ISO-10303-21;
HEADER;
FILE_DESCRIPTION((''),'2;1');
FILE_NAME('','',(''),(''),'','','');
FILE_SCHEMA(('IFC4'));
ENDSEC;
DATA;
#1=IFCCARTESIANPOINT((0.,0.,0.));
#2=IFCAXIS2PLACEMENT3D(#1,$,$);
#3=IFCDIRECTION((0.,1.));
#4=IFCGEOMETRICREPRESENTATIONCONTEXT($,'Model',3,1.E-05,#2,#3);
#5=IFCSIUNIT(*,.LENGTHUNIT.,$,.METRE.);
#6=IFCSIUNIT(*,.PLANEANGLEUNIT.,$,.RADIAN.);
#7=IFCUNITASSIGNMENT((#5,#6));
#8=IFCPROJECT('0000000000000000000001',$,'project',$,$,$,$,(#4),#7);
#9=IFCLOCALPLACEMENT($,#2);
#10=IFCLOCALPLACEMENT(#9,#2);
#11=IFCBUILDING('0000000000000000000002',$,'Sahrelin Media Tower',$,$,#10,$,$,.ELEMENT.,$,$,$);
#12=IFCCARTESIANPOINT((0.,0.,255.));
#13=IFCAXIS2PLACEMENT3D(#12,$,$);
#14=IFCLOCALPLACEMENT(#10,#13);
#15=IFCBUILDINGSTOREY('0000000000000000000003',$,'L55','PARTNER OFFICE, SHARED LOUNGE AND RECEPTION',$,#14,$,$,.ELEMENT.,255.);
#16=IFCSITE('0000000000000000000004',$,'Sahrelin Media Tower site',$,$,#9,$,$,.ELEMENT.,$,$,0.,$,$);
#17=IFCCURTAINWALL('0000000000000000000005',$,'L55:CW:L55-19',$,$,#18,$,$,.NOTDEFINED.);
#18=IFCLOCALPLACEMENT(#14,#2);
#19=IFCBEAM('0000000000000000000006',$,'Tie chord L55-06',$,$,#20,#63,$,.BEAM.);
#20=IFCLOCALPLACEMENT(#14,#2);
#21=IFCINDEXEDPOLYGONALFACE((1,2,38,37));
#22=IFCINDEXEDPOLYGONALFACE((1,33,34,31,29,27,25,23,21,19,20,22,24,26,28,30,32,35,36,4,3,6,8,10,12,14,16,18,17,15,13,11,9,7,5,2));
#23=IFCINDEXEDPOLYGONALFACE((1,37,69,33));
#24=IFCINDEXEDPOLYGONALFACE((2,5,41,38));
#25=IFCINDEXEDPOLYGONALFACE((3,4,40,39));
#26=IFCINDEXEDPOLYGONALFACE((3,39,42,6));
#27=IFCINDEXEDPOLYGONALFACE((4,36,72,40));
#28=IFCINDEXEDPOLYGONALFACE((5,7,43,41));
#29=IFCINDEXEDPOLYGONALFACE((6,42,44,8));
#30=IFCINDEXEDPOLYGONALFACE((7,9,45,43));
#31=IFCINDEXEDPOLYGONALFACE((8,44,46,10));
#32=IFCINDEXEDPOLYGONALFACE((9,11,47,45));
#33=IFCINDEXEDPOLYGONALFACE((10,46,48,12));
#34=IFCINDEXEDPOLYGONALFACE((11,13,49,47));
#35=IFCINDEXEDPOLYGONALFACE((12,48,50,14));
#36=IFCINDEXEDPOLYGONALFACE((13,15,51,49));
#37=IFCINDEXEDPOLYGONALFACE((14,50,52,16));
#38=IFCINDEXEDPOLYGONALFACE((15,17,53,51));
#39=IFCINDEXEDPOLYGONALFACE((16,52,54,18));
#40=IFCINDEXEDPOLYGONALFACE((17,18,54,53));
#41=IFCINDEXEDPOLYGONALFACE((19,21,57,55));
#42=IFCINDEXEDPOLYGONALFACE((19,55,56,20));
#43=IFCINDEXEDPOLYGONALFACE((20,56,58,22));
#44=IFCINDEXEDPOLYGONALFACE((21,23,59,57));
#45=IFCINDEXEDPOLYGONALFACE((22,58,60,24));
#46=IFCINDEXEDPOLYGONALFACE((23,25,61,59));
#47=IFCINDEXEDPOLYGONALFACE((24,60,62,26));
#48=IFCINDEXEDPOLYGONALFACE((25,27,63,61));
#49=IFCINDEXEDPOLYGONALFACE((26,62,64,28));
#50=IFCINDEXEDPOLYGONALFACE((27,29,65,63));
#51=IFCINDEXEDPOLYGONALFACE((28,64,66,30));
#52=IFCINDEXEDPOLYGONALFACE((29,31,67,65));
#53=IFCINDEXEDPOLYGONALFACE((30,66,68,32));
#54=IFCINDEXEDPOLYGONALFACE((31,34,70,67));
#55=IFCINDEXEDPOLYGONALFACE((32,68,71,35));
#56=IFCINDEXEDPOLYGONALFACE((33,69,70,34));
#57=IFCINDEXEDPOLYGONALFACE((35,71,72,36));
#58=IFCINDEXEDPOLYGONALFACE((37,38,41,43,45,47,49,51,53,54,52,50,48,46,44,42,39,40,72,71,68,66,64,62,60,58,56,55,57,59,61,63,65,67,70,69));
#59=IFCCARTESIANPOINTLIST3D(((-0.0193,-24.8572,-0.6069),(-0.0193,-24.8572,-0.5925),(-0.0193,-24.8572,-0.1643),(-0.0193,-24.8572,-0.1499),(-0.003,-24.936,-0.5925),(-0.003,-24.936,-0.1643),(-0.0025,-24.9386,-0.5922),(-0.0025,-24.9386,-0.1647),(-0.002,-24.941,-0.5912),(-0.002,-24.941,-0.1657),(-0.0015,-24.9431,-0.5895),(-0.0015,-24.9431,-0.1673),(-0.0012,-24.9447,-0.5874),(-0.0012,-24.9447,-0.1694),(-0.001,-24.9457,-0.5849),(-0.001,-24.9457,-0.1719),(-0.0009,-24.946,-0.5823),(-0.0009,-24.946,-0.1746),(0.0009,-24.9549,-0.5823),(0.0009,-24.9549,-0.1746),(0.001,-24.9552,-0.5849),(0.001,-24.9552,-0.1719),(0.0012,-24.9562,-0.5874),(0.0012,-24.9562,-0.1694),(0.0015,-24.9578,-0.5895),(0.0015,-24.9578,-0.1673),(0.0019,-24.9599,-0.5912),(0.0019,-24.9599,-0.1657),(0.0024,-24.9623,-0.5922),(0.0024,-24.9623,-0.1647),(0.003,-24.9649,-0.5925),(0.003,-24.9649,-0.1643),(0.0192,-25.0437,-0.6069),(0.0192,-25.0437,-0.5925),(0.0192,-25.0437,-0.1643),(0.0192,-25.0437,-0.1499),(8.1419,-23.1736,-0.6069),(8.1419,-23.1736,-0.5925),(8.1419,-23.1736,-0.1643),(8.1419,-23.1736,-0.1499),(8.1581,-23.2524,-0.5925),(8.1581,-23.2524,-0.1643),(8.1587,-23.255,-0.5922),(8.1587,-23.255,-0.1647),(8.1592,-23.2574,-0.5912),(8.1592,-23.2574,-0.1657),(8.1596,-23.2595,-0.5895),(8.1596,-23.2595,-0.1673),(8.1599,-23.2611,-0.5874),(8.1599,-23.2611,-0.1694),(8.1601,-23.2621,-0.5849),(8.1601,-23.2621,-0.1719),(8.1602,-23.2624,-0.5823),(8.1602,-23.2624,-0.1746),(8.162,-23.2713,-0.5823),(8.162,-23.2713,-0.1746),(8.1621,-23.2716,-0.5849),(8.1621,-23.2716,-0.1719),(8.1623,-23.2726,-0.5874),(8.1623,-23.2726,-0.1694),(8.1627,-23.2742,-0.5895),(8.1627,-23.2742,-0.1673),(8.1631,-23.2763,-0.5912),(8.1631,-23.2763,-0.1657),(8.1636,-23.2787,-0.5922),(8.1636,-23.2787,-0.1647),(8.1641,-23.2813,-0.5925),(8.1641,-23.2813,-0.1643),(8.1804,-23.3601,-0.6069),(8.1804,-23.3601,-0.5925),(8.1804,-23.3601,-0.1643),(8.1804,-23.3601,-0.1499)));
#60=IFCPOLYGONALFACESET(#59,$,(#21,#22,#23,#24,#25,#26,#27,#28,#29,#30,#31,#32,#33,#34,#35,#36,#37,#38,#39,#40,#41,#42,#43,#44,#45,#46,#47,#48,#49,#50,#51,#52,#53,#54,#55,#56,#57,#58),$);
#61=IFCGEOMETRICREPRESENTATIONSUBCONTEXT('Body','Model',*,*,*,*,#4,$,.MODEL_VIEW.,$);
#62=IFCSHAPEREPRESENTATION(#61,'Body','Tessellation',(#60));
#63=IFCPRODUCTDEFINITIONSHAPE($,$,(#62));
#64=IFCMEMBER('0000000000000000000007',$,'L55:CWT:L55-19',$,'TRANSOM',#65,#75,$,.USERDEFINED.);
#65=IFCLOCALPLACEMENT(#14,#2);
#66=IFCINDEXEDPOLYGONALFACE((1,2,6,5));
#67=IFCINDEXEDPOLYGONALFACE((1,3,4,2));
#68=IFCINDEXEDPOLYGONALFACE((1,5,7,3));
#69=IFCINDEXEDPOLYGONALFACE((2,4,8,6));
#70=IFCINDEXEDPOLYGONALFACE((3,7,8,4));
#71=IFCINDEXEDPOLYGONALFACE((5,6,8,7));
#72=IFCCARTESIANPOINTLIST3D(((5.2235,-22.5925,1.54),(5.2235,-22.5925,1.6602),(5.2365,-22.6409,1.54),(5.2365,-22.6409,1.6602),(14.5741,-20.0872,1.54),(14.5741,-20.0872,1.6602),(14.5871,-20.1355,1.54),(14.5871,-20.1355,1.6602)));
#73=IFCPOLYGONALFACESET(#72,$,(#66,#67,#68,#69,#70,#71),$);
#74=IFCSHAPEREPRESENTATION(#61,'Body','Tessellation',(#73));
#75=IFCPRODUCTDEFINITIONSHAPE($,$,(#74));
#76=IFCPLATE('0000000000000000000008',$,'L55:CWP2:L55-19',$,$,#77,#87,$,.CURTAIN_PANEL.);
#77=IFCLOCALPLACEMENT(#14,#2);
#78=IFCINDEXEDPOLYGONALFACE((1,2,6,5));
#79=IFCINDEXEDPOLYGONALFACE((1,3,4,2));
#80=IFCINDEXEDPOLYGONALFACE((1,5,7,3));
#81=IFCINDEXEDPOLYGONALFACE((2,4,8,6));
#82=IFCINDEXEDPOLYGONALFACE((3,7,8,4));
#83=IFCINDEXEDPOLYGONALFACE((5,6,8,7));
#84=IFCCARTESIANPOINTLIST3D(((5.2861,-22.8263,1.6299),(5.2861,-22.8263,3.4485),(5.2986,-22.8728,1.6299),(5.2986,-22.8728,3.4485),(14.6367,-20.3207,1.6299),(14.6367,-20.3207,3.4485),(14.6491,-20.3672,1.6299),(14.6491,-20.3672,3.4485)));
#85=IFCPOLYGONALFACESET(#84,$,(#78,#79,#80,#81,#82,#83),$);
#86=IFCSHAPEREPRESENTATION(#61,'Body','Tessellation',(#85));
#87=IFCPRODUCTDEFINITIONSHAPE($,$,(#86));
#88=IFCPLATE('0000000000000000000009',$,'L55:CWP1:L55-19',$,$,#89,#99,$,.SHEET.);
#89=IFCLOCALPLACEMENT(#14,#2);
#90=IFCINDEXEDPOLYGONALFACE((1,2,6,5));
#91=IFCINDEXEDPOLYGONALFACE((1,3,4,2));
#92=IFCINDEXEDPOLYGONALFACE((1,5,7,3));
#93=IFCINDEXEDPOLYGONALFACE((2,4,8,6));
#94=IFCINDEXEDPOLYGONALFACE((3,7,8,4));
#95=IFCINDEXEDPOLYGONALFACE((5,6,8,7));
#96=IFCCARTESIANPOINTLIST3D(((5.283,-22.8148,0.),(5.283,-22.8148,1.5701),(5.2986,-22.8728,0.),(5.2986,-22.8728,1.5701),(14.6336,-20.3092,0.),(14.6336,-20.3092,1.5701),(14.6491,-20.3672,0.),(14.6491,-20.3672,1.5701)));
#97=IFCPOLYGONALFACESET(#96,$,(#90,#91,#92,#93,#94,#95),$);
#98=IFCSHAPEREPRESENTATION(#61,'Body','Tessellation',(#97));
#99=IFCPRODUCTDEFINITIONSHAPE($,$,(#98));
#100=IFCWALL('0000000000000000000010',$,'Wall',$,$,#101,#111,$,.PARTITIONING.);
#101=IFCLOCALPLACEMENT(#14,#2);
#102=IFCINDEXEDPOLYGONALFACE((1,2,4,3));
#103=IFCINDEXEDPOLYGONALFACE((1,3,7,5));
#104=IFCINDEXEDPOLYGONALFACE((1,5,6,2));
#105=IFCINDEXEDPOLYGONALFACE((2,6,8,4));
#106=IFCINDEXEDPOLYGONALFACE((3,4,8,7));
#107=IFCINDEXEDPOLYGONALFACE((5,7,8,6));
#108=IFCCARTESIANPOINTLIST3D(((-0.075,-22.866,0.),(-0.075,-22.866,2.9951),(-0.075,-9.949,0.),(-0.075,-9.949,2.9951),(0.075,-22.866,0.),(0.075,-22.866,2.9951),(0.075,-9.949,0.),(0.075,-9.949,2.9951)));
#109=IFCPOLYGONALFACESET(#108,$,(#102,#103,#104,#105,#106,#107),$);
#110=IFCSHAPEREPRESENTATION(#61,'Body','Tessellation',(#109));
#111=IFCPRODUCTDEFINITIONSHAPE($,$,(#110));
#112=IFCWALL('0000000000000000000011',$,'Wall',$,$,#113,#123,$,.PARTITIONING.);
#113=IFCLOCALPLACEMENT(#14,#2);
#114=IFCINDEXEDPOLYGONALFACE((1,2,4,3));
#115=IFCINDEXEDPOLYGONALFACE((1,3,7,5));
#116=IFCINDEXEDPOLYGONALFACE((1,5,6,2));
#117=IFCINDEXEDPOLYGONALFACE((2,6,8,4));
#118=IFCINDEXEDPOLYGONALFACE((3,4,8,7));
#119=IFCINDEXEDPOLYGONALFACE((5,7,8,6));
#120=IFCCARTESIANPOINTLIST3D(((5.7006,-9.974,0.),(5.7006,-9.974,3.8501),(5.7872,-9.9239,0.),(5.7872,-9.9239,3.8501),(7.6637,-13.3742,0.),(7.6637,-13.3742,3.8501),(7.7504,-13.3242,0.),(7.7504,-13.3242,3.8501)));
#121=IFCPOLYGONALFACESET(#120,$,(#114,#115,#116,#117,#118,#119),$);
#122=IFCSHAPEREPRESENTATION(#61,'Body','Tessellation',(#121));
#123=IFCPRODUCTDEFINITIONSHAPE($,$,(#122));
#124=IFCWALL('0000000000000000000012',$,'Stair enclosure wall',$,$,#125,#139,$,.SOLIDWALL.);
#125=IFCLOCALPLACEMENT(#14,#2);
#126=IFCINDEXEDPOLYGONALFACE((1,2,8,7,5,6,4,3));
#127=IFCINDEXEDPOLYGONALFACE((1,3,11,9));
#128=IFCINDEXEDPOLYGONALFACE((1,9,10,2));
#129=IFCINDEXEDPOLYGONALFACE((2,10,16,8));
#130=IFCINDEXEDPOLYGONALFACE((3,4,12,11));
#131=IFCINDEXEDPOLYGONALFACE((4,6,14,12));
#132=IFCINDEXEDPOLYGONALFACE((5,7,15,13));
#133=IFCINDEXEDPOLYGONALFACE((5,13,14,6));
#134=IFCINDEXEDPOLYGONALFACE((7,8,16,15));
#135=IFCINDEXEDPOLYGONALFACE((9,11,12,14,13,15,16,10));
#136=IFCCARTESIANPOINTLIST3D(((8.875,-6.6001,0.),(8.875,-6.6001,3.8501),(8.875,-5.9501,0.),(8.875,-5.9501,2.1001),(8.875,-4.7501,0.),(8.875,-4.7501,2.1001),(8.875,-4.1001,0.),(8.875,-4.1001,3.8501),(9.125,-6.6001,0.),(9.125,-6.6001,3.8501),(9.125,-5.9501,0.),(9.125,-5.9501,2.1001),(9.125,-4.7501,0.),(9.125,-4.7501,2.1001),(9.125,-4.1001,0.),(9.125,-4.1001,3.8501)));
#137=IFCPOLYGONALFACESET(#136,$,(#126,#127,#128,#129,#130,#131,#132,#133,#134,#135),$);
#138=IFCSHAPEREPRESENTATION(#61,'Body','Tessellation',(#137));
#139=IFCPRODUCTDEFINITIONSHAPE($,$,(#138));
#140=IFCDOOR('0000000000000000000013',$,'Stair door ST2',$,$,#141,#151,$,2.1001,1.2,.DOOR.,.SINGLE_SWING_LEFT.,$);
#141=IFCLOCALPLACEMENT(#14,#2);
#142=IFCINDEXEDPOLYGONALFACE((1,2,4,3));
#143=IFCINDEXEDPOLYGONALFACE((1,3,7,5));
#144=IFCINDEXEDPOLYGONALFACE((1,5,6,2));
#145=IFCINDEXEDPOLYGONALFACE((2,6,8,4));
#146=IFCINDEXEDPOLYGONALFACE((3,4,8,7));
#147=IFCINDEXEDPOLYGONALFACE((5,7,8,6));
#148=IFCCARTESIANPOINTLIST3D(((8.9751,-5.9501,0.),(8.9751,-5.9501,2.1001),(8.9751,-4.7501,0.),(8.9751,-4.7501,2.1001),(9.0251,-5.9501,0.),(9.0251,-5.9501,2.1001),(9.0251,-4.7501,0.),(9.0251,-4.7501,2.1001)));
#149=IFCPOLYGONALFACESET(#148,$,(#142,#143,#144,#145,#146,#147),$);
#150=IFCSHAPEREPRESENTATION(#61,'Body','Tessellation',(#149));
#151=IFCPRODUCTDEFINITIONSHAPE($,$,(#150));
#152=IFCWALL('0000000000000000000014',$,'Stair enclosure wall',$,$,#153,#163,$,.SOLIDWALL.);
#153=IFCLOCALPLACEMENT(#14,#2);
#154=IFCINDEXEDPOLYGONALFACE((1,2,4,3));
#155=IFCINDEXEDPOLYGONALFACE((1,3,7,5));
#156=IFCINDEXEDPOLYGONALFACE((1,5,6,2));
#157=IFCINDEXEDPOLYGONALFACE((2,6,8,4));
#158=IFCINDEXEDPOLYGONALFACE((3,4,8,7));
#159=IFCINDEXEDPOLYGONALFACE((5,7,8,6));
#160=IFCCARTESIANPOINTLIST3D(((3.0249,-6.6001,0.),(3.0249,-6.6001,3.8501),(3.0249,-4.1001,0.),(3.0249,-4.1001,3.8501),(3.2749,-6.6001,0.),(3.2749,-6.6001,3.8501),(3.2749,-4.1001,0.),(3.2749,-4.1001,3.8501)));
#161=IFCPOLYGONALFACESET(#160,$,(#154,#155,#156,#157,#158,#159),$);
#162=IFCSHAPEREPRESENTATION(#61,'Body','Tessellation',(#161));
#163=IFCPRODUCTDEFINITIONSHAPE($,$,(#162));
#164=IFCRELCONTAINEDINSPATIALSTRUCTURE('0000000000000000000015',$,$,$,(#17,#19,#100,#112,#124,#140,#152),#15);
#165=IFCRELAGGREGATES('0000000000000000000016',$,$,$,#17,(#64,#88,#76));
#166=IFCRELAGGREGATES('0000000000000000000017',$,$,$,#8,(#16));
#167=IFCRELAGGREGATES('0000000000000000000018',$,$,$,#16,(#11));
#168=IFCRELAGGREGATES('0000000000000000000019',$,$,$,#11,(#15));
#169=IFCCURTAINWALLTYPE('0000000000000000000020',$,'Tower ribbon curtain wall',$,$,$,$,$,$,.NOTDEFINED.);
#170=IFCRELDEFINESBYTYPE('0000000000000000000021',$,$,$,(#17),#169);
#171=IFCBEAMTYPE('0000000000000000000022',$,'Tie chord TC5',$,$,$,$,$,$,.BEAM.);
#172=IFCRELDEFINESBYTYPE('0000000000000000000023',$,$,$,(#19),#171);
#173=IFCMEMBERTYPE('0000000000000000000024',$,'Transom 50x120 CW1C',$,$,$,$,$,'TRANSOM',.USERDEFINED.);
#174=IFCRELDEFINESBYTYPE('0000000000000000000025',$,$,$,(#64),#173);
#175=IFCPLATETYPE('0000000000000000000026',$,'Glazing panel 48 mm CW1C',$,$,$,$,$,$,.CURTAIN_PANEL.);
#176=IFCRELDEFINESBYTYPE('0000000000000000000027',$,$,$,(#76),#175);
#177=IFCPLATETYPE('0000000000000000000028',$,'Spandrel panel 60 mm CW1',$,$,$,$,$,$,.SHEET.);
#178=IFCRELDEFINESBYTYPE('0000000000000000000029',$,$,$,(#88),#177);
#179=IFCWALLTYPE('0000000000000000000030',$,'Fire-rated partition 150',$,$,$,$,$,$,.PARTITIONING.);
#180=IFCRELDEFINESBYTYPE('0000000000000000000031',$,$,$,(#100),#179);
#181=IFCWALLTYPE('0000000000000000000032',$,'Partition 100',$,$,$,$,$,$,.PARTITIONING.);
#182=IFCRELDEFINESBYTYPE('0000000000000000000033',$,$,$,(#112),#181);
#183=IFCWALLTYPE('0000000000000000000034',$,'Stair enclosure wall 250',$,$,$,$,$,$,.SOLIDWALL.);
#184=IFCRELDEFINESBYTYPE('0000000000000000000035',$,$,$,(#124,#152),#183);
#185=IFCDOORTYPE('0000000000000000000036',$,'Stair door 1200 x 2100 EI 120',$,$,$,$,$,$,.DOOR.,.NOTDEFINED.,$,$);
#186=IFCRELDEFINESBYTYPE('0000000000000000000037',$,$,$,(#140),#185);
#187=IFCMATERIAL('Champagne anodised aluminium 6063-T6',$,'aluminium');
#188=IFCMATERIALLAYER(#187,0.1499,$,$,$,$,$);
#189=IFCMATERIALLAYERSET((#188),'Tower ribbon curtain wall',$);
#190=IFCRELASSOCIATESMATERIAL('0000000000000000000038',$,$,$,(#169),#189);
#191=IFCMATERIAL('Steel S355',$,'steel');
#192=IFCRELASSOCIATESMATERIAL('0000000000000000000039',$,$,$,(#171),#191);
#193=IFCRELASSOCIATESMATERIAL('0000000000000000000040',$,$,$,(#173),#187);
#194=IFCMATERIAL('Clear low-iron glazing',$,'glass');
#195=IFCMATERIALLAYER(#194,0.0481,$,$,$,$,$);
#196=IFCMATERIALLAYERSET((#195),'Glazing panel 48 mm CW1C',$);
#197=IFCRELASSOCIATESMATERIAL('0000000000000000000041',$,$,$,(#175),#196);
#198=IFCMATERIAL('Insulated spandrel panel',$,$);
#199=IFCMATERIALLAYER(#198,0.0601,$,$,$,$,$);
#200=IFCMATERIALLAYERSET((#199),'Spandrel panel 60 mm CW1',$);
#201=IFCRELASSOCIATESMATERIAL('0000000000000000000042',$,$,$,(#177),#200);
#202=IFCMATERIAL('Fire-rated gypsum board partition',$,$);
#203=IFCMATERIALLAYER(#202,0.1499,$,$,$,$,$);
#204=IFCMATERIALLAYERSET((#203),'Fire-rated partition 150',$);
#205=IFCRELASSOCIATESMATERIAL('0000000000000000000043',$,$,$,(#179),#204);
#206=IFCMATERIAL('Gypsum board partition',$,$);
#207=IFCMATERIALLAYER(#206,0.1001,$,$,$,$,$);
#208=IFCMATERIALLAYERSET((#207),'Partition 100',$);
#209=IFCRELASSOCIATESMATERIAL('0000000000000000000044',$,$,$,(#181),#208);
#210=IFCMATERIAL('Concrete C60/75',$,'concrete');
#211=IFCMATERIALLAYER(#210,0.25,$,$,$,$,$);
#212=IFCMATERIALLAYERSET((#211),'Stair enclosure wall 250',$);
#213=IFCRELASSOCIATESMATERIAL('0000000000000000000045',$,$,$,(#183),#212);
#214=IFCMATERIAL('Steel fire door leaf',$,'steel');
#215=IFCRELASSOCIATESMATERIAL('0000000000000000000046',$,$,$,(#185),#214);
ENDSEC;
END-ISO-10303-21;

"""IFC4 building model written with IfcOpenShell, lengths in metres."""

from ifc_helpers import new_model, si_unit, direction, frame, frame_2d, origin, origin_2d, place, context, subcontext, project, spatial, polyline, rectangle, i_section, outline, extrude, material, layer, layer_set, material_profile, profile_set, type_object, element, fill, aggregate, save


model = new_model("IFC4")

# Units and contexts
model_context = context("Model", 3, precision=1e-05, world=origin(), true_north=direction((0.0, 1.0)))
body_context = subcontext(model_context, "Body", "Model", "MODEL_VIEW")
ifc_project = project(units=[si_unit("LENGTHUNIT", "METRE"), si_unit("PLANEANGLEUNIT", "RADIAN")], contexts=[model_context])

# Site, building, storey
site_placement = place(None, origin())
site = spatial("IfcSite", under=ifc_project, at=site_placement, Name="Sahrelin Media Tower site", CompositionType="ELEMENT", RefElevation=0.0)
building_placement = place(site_placement, origin())
building = spatial("IfcBuilding", under=site, at=building_placement, Name="Sahrelin Media Tower", CompositionType="ELEMENT")
storey_placement = place(building_placement, frame((0.0, 0.0, 255.0)))
storey = spatial("IfcBuildingStorey", under=building, at=storey_placement, Name="L55", Description="PARTNER OFFICE, SHARED LOUNGE AND RECEPTION", CompositionType="ELEMENT", Elevation=255.0)

# Shared definitions
ifc_material_1 = material(Name="Steel S355", Category="steel")

# Curtain wall
ifc_material_2 = material(Name="Champagne anodised aluminium 6063-T6", Category="aluminium")
ifc_layer_1 = layer(ifc_material_2, 0.1499)
ifc_layer_set_1 = layer_set([ifc_layer_1], Name="Tower ribbon curtain wall")
curtain_wall_type = type_object("IfcCurtainWallType", Name="Tower ribbon curtain wall", PredefinedType="NOTDEFINED", material=ifc_layer_set_1)
curtain_wall_1_placement = place(storey_placement, frame((9.9688, -21.6006, 0.0), z_axis=(0.0, 0.0, 1.0), x_axis=(1.0, 0.0, 0.0)))
curtain_wall_1 = element("IfcCurtainWall", 1, at=curtain_wall_1_placement, inside=storey, type_object=curtain_wall_type, Name="L55:CW:L55-19", PredefinedType="NOTDEFINED")

# Beam
ifc_material_profile_1 = material_profile(ifc_material_1, i_section(OverallWidth=0.1904, OverallDepth=0.457, WebThickness=0.009, FlangeThickness=0.0144, FilletRadius=0.0103, at=origin_2d()), Name="UB 457x191x74")
ifc_profile_set_1 = profile_set([ifc_material_profile_1], Name="Steel S355")
beam_type_1 = type_object("IfcBeamType", Name="Tie chord TC5", PredefinedType="BEAM", material=ifc_profile_set_1)
beam_1_placement = place(storey_placement, frame((8.1611, -23.2668, -0.3784), z_axis=(-0.979377, -0.20204, 0.0), x_axis=(0.20204, -0.979377, 0.0)))
element("IfcBeam", 2, at=beam_1_placement, inside=storey, type_object=beam_type_1, Name="Tie chord L55-06", PredefinedType="BEAM", context=body_context, shape_type="SweptSolid", body=[
    extrude(i_section(OverallWidth=0.1904, OverallDepth=0.457, WebThickness=0.009, FlangeThickness=0.0144, FilletRadius=0.0103, at=origin_2d()), origin(), (0.0, 0.0, 1.0), 8.333),
])

# Member
ifc_material_profile_2 = material_profile(ifc_material_2, rectangle(XDim=0.05, YDim=0.1201, at=origin_2d()), Name="Transom 50x120")
ifc_profile_set_2 = profile_set([ifc_material_profile_2], Name="Champagne anodised aluminium 6063-T6")
member_type_1 = type_object("IfcMemberType", Name="Transom 50x120 CW1C", ElementType="TRANSOM", PredefinedType="USERDEFINED", material=ifc_profile_set_2)
member_1_placement = place(storey_placement, frame((5.23, -22.6167, 1.6001), z_axis=(0.965929, 0.258808, 0.0), x_axis=(-0.258808, 0.965929, 0.0)))
member_1 = element("IfcMember", 3, at=member_1_placement, type_object=member_type_1, Name="L55:CWT:L55-19", ObjectType="TRANSOM", PredefinedType="USERDEFINED", context=body_context, shape_type="SweptSolid", body=[
    extrude(rectangle(XDim=0.05, YDim=0.1201, at=origin_2d()), origin(), (0.0, 0.0, 1.0), 9.6804),
])

# Plates
ifc_material_3 = material(Name="Clear low-iron glazing", Category="glass")
ifc_layer_2 = layer(ifc_material_3, 0.0481)
ifc_layer_set_2 = layer_set([ifc_layer_2], Name="Glazing panel 48 mm CW1C")
plate_type_1 = type_object("IfcPlateType", Name="Glazing panel 48 mm CW1C", PredefinedType="CURTAIN_PANEL", material=ifc_layer_set_2)
plate_1_placement = place(storey_placement, frame((5.2986, -22.8728, 1.6299), z_axis=(0.258832, -0.965922, 0.0), x_axis=(0.965922, 0.258832, 0.0)))
plate_1 = element("IfcPlate", 4, at=plate_1_placement, type_object=plate_type_1, Name="L55:CWP2:L55-19", PredefinedType="CURTAIN_PANEL", context=body_context, shape_type="SweptSolid", body=[
    extrude(outline(polyline([(0.0, 0.0), (9.6804, 0.0), (9.6804, 1.8186), (0.0, 1.8186), (0.0, 0.0)])), origin(), (0.0, 0.0, -1.0), 0.0481),
])
ifc_material_4 = material(Name="Insulated spandrel panel")
ifc_layer_3 = layer(ifc_material_4, 0.0601)
ifc_layer_set_3 = layer_set([ifc_layer_3], Name="Spandrel panel 60 mm CW1")
plate_type_2 = type_object("IfcPlateType", Name="Spandrel panel 60 mm CW1", PredefinedType="SHEET", material=ifc_layer_set_3)
plate_2_placement = place(storey_placement, frame((5.2986, -22.8728, 0.0), z_axis=(0.258832, -0.965922, 0.0), x_axis=(0.965922, 0.258832, 0.0)))
plate_2 = element("IfcPlate", 5, at=plate_2_placement, type_object=plate_type_2, Name="L55:CWP1:L55-19", PredefinedType="SHEET", context=body_context, shape_type="SweptSolid", body=[
    extrude(outline(polyline([(0.0, 0.0), (9.6804, 0.0), (9.6804, 1.5701), (0.0, 1.5701), (0.0, 0.0)])), origin(), (0.0, 0.0, -1.0), 0.0601),
])
aggregate(curtain_wall_1, [member_1, plate_2, plate_1])

# Walls
ifc_material_5 = material(Name="Fire-rated gypsum board partition")
ifc_layer_4 = layer(ifc_material_5, 0.1499)
ifc_layer_set_4 = layer_set([ifc_layer_4], Name="Fire-rated partition 150")
wall_type_1 = type_object("IfcWallType", Name="Fire-rated partition 150", PredefinedType="PARTITIONING", material=ifc_layer_set_4)
wall_1_placement = place(storey_placement, frame((0.0, -22.866, 0.0), z_axis=(0.0, 0.0, 1.0), x_axis=(0.0, 1.0, 0.0)))
element("IfcWall", 6, at=wall_1_placement, inside=storey, type_object=wall_type_1, Name="Wall", PredefinedType="PARTITIONING", context=body_context, shape_type="SweptSolid", body=[
    extrude(rectangle(XDim=12.917, YDim=0.1499, at=frame_2d((6.4585, 0.0))), origin(), (0.0, 0.0, 1.0), 2.9951),
])
ifc_material_6 = material(Name="Gypsum board partition")
ifc_layer_5 = layer(ifc_material_6, 0.1001)
ifc_layer_set_5 = layer_set([ifc_layer_5], Name="Partition 100")
wall_type_2 = type_object("IfcWallType", Name="Partition 100", PredefinedType="PARTITIONING", material=ifc_layer_set_5)
wall_2_placement = place(storey_placement, frame((5.7439, -9.949, 0.0), z_axis=(0.0, 0.0, 1.0), x_axis=(0.500011, -0.866019, 0.0)))
element("IfcWall", 7, at=wall_2_placement, inside=storey, type_object=wall_type_2, Name="Wall", PredefinedType="PARTITIONING", context=body_context, shape_type="SweptSolid", body=[
    extrude(rectangle(XDim=3.9263, YDim=0.1001, at=frame_2d((1.9631, 0.0))), origin(), (0.0, 0.0, 1.0), 3.8501),
])

# Wall, opening, door
ifc_material_7 = material(Name="Concrete C60/75", Category="concrete")
ifc_layer_6 = layer(ifc_material_7, 0.25)
ifc_layer_set_6 = layer_set([ifc_layer_6], Name="Stair enclosure wall 250")
wall_type_3 = type_object("IfcWallType", Name="Stair enclosure wall 250", PredefinedType="SOLIDWALL", material=ifc_layer_set_6)
wall_3_placement = place(storey_placement, frame((9.0, -6.6001, 0.0), z_axis=(0.0, 0.0, 1.0), x_axis=(0.0, 1.0, 0.0)))
wall_3 = element("IfcWall", 8, at=wall_3_placement, inside=storey, type_object=wall_type_3, Name="Stair enclosure wall", PredefinedType="SOLIDWALL", context=body_context, shape_type="SweptSolid", body=[
    extrude(rectangle(XDim=2.5, YDim=0.25, at=frame_2d((1.25, 0.0))), origin(), (0.0, 0.0, 1.0), 3.8501),
])
opening_placement = place(wall_3_placement, frame((0.6499, 0.0, 0.0)))
opening = element("IfcOpeningElement", 9, at=opening_placement, cuts=wall_3, PredefinedType="OPENING", context=body_context, shape_type="SweptSolid", body=[
    extrude(rectangle(XDim=1.2, YDim=2.1001, at=frame_2d((0.6001, 1.05))), frame((0.0, 0.125, 0.0), z_axis=(0.0, -1.0, 0.0), x_axis=(1.0, 0.0, 0.0)), (0.0, 0.0, 1.0), 0.25),
])
ifc_material_8 = material(Name="Steel fire door leaf", Category="steel")
door_type = type_object("IfcDoorType", Name="Stair door 1200 x 2100 EI 120", OperationType="NOTDEFINED", PredefinedType="DOOR", material=ifc_material_8)
door_placement = place(opening_placement, origin())
door = element("IfcDoor", 10, at=door_placement, inside=storey, type_object=door_type, Name="Stair door ST2", OperationType="SINGLE_SWING_LEFT", OverallHeight=2.1001, OverallWidth=1.2, PredefinedType="DOOR", context=body_context, shape_type="SweptSolid", body=[
    extrude(rectangle(XDim=1.2, YDim=2.1001, at=frame_2d((0.6001, 1.05))), frame((0.0, 0.0249, 0.0), z_axis=(0.0, -1.0, 0.0), x_axis=(1.0, 0.0, 0.0)), (0.0, 0.0, 1.0), 0.05),
])
fill(opening, door)

# Wall
wall_4_placement = place(storey_placement, frame((3.1499, -6.6001, 0.0), z_axis=(0.0, 0.0, 1.0), x_axis=(0.0, 1.0, 0.0)))
element("IfcWall", 11, at=wall_4_placement, inside=storey, type_object=wall_type_3, Name="Stair enclosure wall", PredefinedType="SOLIDWALL", context=body_context, shape_type="SweptSolid", body=[
    extrude(rectangle(XDim=2.5, YDim=0.25, at=frame_2d((1.25, 0.0))), origin(), (0.0, 0.0, 1.0), 3.8501),
])

save(model, "model.ifc")
